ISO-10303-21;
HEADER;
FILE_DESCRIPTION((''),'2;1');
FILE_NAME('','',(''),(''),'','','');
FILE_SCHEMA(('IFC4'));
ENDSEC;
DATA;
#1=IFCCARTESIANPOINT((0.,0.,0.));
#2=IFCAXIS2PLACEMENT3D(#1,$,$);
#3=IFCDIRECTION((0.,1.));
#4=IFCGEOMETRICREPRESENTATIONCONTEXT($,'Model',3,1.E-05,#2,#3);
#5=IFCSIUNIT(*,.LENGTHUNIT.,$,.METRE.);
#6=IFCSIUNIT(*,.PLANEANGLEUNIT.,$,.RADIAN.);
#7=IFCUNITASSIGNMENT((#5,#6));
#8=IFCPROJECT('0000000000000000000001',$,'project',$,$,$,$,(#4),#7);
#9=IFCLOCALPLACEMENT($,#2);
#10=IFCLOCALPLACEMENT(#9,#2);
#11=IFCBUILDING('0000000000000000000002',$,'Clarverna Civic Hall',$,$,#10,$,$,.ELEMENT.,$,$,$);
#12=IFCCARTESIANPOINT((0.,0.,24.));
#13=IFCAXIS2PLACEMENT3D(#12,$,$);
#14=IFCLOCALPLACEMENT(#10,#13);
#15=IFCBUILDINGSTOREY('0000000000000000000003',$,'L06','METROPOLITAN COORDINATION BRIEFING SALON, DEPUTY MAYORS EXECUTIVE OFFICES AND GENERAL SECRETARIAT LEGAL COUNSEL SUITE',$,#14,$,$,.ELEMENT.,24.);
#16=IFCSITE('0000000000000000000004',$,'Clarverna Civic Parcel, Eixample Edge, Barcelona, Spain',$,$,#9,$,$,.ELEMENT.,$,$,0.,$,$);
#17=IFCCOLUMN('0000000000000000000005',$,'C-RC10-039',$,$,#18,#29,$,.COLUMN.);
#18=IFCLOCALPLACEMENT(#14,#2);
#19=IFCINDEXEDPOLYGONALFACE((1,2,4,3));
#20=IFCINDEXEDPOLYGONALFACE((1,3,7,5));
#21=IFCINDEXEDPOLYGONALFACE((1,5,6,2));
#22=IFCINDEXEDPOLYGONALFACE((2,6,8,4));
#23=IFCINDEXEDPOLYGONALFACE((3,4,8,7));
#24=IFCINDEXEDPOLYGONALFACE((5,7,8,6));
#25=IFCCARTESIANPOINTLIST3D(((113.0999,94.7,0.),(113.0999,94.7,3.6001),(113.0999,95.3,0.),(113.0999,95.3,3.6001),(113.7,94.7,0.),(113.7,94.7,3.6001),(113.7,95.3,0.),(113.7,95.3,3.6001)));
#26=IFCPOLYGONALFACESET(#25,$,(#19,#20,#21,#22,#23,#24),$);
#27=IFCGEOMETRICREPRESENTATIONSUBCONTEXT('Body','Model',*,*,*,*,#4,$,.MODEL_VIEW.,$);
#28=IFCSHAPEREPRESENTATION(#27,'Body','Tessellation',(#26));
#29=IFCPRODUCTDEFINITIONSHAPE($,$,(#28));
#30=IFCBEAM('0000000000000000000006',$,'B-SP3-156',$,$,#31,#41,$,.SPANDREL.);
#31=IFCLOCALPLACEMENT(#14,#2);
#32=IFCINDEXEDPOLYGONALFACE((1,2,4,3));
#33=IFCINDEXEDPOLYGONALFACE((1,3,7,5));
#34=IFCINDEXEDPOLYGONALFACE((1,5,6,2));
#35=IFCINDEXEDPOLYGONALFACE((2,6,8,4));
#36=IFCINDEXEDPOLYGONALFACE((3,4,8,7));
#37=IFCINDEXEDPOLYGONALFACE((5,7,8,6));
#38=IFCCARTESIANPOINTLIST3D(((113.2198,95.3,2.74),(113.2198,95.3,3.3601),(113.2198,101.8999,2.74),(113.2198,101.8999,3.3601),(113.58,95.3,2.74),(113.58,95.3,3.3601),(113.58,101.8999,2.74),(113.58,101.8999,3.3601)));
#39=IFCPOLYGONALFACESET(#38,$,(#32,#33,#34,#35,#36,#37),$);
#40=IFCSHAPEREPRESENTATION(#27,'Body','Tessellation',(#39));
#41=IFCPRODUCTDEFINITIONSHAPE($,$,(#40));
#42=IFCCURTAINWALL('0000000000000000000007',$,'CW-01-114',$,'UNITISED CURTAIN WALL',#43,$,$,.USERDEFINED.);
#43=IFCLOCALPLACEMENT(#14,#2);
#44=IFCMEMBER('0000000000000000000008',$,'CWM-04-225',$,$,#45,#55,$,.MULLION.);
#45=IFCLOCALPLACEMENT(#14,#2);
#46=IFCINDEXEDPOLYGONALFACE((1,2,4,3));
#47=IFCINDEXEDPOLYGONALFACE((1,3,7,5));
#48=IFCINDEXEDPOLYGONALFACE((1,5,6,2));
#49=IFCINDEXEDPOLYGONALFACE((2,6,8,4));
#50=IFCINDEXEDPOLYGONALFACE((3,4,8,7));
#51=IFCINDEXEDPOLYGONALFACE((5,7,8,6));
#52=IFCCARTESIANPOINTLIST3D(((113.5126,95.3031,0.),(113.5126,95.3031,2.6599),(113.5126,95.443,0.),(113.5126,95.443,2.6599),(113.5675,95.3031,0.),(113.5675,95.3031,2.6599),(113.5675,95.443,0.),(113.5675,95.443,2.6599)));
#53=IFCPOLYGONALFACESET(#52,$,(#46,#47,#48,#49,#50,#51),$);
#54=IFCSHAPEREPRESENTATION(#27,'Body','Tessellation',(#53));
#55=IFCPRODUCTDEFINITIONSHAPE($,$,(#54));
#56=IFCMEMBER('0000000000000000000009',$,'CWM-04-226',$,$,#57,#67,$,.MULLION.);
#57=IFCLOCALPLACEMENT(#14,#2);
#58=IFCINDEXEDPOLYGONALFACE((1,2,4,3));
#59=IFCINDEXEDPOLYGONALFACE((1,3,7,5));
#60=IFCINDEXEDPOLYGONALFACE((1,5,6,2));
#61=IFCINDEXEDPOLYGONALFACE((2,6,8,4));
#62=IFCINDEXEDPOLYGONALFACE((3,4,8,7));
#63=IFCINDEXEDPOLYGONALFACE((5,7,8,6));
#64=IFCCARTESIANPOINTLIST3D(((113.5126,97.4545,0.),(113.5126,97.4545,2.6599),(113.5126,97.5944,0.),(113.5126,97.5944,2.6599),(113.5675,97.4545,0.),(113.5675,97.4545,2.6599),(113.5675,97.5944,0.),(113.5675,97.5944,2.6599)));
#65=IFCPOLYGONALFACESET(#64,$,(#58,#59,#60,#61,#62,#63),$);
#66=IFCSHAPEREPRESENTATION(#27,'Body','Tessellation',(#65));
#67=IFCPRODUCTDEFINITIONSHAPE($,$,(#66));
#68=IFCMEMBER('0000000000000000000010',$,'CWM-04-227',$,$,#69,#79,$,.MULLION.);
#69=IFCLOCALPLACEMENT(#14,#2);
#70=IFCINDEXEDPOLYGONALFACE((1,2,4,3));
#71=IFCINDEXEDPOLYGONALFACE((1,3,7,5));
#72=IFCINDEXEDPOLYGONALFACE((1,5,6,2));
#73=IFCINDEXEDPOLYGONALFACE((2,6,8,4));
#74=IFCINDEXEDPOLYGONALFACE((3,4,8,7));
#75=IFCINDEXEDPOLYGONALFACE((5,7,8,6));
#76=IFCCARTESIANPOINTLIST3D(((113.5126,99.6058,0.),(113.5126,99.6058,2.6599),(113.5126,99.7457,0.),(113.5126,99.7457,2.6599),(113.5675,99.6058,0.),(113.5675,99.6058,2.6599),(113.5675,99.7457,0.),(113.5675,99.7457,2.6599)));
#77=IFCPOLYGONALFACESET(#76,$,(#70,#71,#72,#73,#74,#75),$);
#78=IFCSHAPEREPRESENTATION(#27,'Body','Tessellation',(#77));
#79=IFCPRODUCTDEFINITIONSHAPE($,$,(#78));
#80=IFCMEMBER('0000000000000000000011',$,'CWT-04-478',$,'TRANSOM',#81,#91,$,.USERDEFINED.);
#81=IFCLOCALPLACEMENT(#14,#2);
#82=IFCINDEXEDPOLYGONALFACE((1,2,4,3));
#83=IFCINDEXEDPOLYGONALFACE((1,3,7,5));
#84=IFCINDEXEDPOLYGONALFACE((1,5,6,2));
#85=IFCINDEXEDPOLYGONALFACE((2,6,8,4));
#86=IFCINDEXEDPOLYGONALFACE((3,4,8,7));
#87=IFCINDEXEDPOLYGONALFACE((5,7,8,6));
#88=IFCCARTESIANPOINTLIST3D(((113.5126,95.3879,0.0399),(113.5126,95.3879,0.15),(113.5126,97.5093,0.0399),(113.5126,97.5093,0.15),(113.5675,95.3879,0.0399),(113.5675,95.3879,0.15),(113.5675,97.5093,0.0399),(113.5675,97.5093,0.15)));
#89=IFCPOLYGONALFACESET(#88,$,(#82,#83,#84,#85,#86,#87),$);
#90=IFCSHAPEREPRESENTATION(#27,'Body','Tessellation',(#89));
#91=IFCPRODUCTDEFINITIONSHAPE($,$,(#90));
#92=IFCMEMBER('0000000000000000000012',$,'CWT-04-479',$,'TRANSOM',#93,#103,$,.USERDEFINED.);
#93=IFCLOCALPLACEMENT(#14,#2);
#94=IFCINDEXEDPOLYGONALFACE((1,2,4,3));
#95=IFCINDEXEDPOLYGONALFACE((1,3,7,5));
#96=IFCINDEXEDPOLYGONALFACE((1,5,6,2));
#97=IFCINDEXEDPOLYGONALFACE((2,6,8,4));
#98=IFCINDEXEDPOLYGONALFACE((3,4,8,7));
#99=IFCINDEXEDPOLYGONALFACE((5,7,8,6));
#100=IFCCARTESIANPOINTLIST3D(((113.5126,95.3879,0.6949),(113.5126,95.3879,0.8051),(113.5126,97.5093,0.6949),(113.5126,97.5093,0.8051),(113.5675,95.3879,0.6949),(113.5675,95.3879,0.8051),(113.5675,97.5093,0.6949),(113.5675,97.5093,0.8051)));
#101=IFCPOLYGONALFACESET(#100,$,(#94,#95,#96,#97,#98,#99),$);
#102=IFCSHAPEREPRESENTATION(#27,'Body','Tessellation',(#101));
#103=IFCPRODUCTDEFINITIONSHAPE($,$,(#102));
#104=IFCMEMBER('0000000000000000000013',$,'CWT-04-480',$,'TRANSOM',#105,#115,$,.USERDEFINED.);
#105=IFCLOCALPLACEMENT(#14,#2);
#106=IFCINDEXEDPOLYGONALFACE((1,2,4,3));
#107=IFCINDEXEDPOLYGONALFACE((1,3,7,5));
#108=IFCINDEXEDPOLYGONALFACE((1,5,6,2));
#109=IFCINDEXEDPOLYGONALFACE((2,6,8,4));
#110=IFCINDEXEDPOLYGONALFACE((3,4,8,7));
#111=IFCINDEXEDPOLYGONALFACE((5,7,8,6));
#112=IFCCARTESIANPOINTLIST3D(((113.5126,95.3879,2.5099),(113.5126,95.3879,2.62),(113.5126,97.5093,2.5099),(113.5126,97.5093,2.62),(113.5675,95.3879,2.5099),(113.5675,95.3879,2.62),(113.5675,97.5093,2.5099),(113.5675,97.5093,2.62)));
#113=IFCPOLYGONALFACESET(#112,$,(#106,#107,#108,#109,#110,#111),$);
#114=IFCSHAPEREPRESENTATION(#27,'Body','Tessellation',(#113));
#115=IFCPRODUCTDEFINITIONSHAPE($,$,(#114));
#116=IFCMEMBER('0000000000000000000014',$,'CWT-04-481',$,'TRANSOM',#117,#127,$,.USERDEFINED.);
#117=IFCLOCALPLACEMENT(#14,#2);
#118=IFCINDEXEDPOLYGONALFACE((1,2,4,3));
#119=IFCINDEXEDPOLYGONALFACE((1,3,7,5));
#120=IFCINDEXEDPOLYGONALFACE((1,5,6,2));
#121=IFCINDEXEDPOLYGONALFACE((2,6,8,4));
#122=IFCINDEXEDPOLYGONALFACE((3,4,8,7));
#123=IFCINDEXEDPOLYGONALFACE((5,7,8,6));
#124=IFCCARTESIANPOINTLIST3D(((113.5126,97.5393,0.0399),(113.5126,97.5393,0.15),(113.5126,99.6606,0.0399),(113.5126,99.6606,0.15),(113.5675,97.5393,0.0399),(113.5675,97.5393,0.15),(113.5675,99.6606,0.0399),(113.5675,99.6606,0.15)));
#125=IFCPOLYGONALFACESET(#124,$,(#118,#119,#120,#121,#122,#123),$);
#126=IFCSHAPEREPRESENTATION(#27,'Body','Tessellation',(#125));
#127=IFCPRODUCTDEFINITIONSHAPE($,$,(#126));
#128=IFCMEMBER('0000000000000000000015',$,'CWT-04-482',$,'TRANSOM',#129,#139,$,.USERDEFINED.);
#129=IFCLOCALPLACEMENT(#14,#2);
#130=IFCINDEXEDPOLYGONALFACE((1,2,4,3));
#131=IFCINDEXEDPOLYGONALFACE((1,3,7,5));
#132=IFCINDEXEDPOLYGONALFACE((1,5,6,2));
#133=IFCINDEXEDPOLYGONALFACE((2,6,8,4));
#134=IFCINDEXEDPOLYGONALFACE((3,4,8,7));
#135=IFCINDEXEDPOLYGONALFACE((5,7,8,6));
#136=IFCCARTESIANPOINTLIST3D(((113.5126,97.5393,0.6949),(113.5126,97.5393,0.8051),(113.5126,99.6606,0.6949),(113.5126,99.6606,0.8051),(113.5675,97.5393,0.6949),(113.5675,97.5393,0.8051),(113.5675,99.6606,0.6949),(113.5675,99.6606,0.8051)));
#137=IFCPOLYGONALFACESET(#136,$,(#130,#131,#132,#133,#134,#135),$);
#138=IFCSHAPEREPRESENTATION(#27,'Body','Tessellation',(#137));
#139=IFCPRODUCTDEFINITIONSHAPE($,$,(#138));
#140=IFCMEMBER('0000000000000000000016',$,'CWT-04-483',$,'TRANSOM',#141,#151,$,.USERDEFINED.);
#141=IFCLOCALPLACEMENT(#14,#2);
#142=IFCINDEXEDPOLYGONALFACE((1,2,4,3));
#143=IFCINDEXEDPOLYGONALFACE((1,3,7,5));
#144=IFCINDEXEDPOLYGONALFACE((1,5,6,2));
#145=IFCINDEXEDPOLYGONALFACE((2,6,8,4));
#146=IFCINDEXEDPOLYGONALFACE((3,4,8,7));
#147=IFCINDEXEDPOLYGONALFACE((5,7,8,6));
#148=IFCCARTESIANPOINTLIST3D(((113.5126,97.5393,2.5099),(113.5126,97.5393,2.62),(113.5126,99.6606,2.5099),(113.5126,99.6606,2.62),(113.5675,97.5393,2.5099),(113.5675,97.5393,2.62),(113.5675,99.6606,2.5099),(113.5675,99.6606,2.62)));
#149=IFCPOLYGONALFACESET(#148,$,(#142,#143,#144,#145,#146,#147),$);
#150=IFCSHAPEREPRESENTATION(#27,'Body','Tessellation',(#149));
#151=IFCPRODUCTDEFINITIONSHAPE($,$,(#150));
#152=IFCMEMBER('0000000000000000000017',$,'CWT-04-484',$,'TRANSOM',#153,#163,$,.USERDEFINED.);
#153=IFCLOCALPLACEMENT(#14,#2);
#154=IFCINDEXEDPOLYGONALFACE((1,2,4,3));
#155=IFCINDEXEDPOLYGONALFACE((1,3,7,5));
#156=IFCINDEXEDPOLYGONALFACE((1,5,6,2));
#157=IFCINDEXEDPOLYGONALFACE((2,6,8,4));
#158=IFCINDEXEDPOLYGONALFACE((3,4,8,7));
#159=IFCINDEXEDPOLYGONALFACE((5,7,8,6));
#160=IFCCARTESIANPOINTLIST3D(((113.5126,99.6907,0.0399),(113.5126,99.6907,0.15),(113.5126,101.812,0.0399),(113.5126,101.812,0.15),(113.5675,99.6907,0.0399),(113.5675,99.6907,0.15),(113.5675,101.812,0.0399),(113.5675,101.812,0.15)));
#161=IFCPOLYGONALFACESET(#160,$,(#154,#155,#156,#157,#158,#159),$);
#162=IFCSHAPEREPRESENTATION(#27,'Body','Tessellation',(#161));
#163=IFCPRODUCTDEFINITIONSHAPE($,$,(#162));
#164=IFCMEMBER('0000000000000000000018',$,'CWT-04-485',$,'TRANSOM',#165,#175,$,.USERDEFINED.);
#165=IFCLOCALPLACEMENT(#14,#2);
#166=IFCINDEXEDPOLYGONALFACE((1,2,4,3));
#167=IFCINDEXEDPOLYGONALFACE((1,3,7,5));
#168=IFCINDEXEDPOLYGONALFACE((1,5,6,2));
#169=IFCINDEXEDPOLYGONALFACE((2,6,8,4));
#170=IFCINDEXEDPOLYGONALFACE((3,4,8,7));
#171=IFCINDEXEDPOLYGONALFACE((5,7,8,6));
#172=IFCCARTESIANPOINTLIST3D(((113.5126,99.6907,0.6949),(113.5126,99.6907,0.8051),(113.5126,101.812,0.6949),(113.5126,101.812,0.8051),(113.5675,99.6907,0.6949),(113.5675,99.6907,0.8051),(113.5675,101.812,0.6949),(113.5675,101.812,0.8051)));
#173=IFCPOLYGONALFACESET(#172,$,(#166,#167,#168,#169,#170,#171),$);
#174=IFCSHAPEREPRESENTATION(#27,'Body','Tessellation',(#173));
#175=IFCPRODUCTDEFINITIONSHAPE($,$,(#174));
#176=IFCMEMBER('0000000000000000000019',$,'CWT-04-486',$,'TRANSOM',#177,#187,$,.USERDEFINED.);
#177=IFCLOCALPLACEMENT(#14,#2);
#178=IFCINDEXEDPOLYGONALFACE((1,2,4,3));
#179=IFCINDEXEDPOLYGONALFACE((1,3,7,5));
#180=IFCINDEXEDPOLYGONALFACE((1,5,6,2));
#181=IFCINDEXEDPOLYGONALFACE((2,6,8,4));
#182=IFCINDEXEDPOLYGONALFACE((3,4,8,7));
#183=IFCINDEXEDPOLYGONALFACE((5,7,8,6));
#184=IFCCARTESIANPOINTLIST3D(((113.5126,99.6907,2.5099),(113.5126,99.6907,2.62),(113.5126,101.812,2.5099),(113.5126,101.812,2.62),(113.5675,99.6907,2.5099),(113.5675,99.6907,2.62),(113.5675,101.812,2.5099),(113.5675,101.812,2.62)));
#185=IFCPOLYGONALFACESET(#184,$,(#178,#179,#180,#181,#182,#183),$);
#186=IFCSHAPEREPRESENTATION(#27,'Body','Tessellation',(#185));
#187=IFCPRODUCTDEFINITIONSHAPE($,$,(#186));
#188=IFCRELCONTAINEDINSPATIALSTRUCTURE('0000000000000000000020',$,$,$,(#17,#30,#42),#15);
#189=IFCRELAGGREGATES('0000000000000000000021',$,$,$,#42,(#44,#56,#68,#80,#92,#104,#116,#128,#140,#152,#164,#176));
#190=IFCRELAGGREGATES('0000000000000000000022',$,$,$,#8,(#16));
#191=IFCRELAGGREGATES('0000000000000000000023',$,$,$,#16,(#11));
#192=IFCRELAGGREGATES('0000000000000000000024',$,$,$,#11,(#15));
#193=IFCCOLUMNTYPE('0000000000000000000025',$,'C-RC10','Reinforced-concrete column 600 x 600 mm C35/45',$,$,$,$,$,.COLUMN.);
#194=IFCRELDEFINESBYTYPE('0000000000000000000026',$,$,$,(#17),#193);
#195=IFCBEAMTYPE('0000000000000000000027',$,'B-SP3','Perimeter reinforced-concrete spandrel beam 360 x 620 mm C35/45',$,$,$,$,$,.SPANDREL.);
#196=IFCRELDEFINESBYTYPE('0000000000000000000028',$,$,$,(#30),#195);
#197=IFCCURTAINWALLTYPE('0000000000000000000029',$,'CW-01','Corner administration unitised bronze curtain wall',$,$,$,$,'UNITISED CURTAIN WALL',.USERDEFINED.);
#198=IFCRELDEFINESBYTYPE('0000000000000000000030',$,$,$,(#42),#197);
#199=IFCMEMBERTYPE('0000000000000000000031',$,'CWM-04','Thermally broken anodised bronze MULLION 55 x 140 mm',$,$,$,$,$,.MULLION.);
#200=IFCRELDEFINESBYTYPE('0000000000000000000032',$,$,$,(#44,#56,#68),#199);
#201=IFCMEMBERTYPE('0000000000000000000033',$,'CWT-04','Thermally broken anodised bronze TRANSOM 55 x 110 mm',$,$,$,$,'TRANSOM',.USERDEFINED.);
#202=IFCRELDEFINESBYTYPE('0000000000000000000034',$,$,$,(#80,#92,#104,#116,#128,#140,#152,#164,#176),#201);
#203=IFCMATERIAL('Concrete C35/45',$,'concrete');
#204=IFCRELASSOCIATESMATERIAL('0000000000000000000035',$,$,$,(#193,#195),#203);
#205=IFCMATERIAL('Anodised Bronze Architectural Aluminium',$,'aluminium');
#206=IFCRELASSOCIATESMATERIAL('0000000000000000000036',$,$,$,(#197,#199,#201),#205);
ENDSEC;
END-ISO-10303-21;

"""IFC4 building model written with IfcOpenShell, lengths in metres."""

from ifc_helpers import new_model, si_unit, direction, frame, origin, origin_2d, place, context, subcontext, project, spatial, rectangle, extrude, material, material_profile, profile_set, type_object, element, aggregate, save


model = new_model("IFC4")

# Units and contexts
model_context = context("Model", 3, precision=1e-05, world=origin(), true_north=direction((0.0, 1.0)))
body_context = subcontext(model_context, "Body", "Model", "MODEL_VIEW")
ifc_project = project(units=[si_unit("LENGTHUNIT", "METRE"), si_unit("PLANEANGLEUNIT", "RADIAN")], contexts=[model_context])

# Site, building, storey
site_placement = place(None, origin())
site = spatial("IfcSite", under=ifc_project, at=site_placement, Name="Clarverna Civic Parcel, Eixample Edge, Barcelona, Spain", CompositionType="ELEMENT", RefElevation=0.0)
building_placement = place(site_placement, origin())
building = spatial("IfcBuilding", under=site, at=building_placement, Name="Clarverna Civic Hall", CompositionType="ELEMENT")
storey_placement = place(building_placement, frame((0.0, 0.0, 24.0)))
storey = spatial("IfcBuildingStorey", under=building, at=storey_placement, Name="L06", Description="METROPOLITAN COORDINATION BRIEFING SALON, DEPUTY MAYORS EXECUTIVE OFFICES AND GENERAL SECRETARIAT LEGAL COUNSEL SUITE", CompositionType="ELEMENT", Elevation=24.0)

# Column
ifc_material_1 = material(Name="Concrete C35/45", Category="concrete")
ifc_material_profile_1 = material_profile(ifc_material_1, rectangle(XDim=0.6001, YDim=0.6001, at=origin_2d()), Name="RC 600x600")
ifc_profile_set_1 = profile_set([ifc_material_profile_1], Name="Concrete C35/45")
column_type = type_object("IfcColumnType", Name="C-RC10", Description="Reinforced-concrete column 600 x 600 mm C35/45", PredefinedType="COLUMN", material=ifc_profile_set_1)
column_placement = place(storey_placement, frame((113.3999, 95.0, 0.0), z_axis=(0.0, 0.0, 1.0), x_axis=(1.0, 0.0, 0.0)))
element("IfcColumn", 1, at=column_placement, inside=storey, type_object=column_type, Name="C-RC10-039", PredefinedType="COLUMN", context=body_context, shape_type="SweptSolid", body=[
    extrude(rectangle(XDim=0.6001, YDim=0.6001, at=origin_2d()), origin(), (0.0, 0.0, 1.0), 3.6001),
])

# Beam
ifc_material_profile_2 = material_profile(ifc_material_1, rectangle(XDim=0.3601, YDim=0.6201, at=origin_2d()), Name="RC 360x620")
ifc_profile_set_2 = profile_set([ifc_material_profile_2], Name="Concrete C35/45")
beam_type = type_object("IfcBeamType", Name="B-SP3", Description="Perimeter reinforced-concrete spandrel beam 360 x 620 mm C35/45", PredefinedType="SPANDREL", material=ifc_profile_set_2)
beam_placement = place(storey_placement, frame((113.3999, 95.3, 3.05), z_axis=(0.0, 1.0, 0.0), x_axis=(-1.0, 0.0, 0.0)))
element("IfcBeam", 2, at=beam_placement, inside=storey, type_object=beam_type, Name="B-SP3-156", PredefinedType="SPANDREL", context=body_context, shape_type="SweptSolid", body=[
    extrude(rectangle(XDim=0.3601, YDim=0.6201, at=origin_2d()), origin(), (0.0, 0.0, 1.0), 6.5999),
])

# Curtain wall, members
ifc_material_2 = material(Name="Anodised Bronze Architectural Aluminium", Category="aluminium")
curtain_wall_type = type_object("IfcCurtainWallType", Name="CW-01", Description="Corner administration unitised bronze curtain wall", ElementType="UNITISED CURTAIN WALL", PredefinedType="USERDEFINED", material=ifc_material_2)
curtain_wall_placement = place(storey_placement, origin())
curtain_wall = element("IfcCurtainWall", 3, at=curtain_wall_placement, inside=storey, type_object=curtain_wall_type, Name="CW-01-114", ObjectType="UNITISED CURTAIN WALL", PredefinedType="USERDEFINED")
ifc_material_profile_3 = material_profile(ifc_material_2, rectangle(XDim=0.0549, YDim=0.1399, at=origin_2d()), Name="BRONZE 55x140")
ifc_profile_set_3 = profile_set([ifc_material_profile_3], Name="Anodised Bronze Architectural Aluminium")
member_type_1 = type_object("IfcMemberType", Name="CWM-04", Description="Thermally broken anodised bronze MULLION 55 x 140 mm", PredefinedType="MULLION", material=ifc_profile_set_3)
member_1_placement = place(storey_placement, frame((113.54, 95.373, 0.0), z_axis=(0.0, 0.0, 1.0), x_axis=(1.0, 0.0, 0.0)))
member_1 = element("IfcMember", 4, at=member_1_placement, type_object=member_type_1, Name="CWM-04-225", PredefinedType="MULLION", context=body_context, shape_type="SweptSolid", body=[
    extrude(rectangle(XDim=0.0549, YDim=0.1399, at=origin_2d()), origin(), (0.0, 0.0, 1.0), 2.6599),
])
member_2_placement = place(storey_placement, frame((113.54, 97.5244, 0.0), z_axis=(0.0, 0.0, 1.0), x_axis=(1.0, 0.0, 0.0)))
member_2 = element("IfcMember", 5, at=member_2_placement, type_object=member_type_1, Name="CWM-04-226", PredefinedType="MULLION", context=body_context, shape_type="SweptSolid", body=[
    extrude(rectangle(XDim=0.0549, YDim=0.1399, at=origin_2d()), origin(), (0.0, 0.0, 1.0), 2.6599),
])
member_3_placement = place(storey_placement, frame((113.54, 99.6758, 0.0), z_axis=(0.0, 0.0, 1.0), x_axis=(1.0, 0.0, 0.0)))
member_3 = element("IfcMember", 6, at=member_3_placement, type_object=member_type_1, Name="CWM-04-227", PredefinedType="MULLION", context=body_context, shape_type="SweptSolid", body=[
    extrude(rectangle(XDim=0.0549, YDim=0.1399, at=origin_2d()), origin(), (0.0, 0.0, 1.0), 2.6599),
])
ifc_material_profile_4 = material_profile(ifc_material_2, rectangle(XDim=0.0549, YDim=0.1101, at=origin_2d()), Name="BRONZE 55x110")
ifc_profile_set_4 = profile_set([ifc_material_profile_4], Name="Anodised Bronze Architectural Aluminium")
member_type_2 = type_object("IfcMemberType", Name="CWT-04", Description="Thermally broken anodised bronze TRANSOM 55 x 110 mm", ElementType="TRANSOM", PredefinedType="USERDEFINED", material=ifc_profile_set_4)
member_4_placement = place(storey_placement, frame((113.54, 95.3879, 0.095), z_axis=(0.0, 1.0, 0.0), x_axis=(-1.0, 0.0, 0.0)))
member_4 = element("IfcMember", 7, at=member_4_placement, type_object=member_type_2, Name="CWT-04-478", ObjectType="TRANSOM", PredefinedType="USERDEFINED", context=body_context, shape_type="SweptSolid", body=[
    extrude(rectangle(XDim=0.0549, YDim=0.1101, at=origin_2d()), origin(), (0.0, 0.0, 1.0), 2.1213),
])
member_5_placement = place(storey_placement, frame((113.54, 95.3879, 0.75), z_axis=(0.0, 1.0, 0.0), x_axis=(-1.0, 0.0, 0.0)))
member_5 = element("IfcMember", 8, at=member_5_placement, type_object=member_type_2, Name="CWT-04-479", ObjectType="TRANSOM", PredefinedType="USERDEFINED", context=body_context, shape_type="SweptSolid", body=[
    extrude(rectangle(XDim=0.0549, YDim=0.1101, at=origin_2d()), origin(), (0.0, 0.0, 1.0), 2.1213),
])
member_6_placement = place(storey_placement, frame((113.54, 95.3879, 2.5649), z_axis=(0.0, 1.0, 0.0), x_axis=(-1.0, 0.0, 0.0)))
member_6 = element("IfcMember", 9, at=member_6_placement, type_object=member_type_2, Name="CWT-04-480", ObjectType="TRANSOM", PredefinedType="USERDEFINED", context=body_context, shape_type="SweptSolid", body=[
    extrude(rectangle(XDim=0.0549, YDim=0.1101, at=origin_2d()), origin(), (0.0, 0.0, 1.0), 2.1213),
])
member_7_placement = place(storey_placement, frame((113.54, 97.5393, 0.095), z_axis=(0.0, 1.0, 0.0), x_axis=(-1.0, 0.0, 0.0)))
member_7 = element("IfcMember", 10, at=member_7_placement, type_object=member_type_2, Name="CWT-04-481", ObjectType="TRANSOM", PredefinedType="USERDEFINED", context=body_context, shape_type="SweptSolid", body=[
    extrude(rectangle(XDim=0.0549, YDim=0.1101, at=origin_2d()), origin(), (0.0, 0.0, 1.0), 2.1213),
])
member_8_placement = place(storey_placement, frame((113.54, 97.5393, 0.75), z_axis=(0.0, 1.0, 0.0), x_axis=(-1.0, 0.0, 0.0)))
member_8 = element("IfcMember", 11, at=member_8_placement, type_object=member_type_2, Name="CWT-04-482", ObjectType="TRANSOM", PredefinedType="USERDEFINED", context=body_context, shape_type="SweptSolid", body=[
    extrude(rectangle(XDim=0.0549, YDim=0.1101, at=origin_2d()), origin(), (0.0, 0.0, 1.0), 2.1213),
])
member_9_placement = place(storey_placement, frame((113.54, 97.5393, 2.5649), z_axis=(0.0, 1.0, 0.0), x_axis=(-1.0, 0.0, 0.0)))
member_9 = element("IfcMember", 12, at=member_9_placement, type_object=member_type_2, Name="CWT-04-483", ObjectType="TRANSOM", PredefinedType="USERDEFINED", context=body_context, shape_type="SweptSolid", body=[
    extrude(rectangle(XDim=0.0549, YDim=0.1101, at=origin_2d()), origin(), (0.0, 0.0, 1.0), 2.1213),
])
member_10_placement = place(storey_placement, frame((113.54, 99.6907, 0.095), z_axis=(0.0, 1.0, 0.0), x_axis=(-1.0, 0.0, 0.0)))
member_10 = element("IfcMember", 13, at=member_10_placement, type_object=member_type_2, Name="CWT-04-484", ObjectType="TRANSOM", PredefinedType="USERDEFINED", context=body_context, shape_type="SweptSolid", body=[
    extrude(rectangle(XDim=0.0549, YDim=0.1101, at=origin_2d()), origin(), (0.0, 0.0, 1.0), 2.1213),
])
member_11_placement = place(storey_placement, frame((113.54, 99.6907, 0.75), z_axis=(0.0, 1.0, 0.0), x_axis=(-1.0, 0.0, 0.0)))
member_11 = element("IfcMember", 14, at=member_11_placement, type_object=member_type_2, Name="CWT-04-485", ObjectType="TRANSOM", PredefinedType="USERDEFINED", context=body_context, shape_type="SweptSolid", body=[
    extrude(rectangle(XDim=0.0549, YDim=0.1101, at=origin_2d()), origin(), (0.0, 0.0, 1.0), 2.1213),
])
member_12_placement = place(storey_placement, frame((113.54, 99.6907, 2.5649), z_axis=(0.0, 1.0, 0.0), x_axis=(-1.0, 0.0, 0.0)))
member_12 = element("IfcMember", 15, at=member_12_placement, type_object=member_type_2, Name="CWT-04-486", ObjectType="TRANSOM", PredefinedType="USERDEFINED", context=body_context, shape_type="SweptSolid", body=[
    extrude(rectangle(XDim=0.0549, YDim=0.1101, at=origin_2d()), origin(), (0.0, 0.0, 1.0), 2.1213),
])
aggregate(curtain_wall, [member_1, member_2, member_3, member_4, member_5, member_6, member_7, member_8, member_9, member_10, member_11, member_12])

save(model, "model.ifc")
